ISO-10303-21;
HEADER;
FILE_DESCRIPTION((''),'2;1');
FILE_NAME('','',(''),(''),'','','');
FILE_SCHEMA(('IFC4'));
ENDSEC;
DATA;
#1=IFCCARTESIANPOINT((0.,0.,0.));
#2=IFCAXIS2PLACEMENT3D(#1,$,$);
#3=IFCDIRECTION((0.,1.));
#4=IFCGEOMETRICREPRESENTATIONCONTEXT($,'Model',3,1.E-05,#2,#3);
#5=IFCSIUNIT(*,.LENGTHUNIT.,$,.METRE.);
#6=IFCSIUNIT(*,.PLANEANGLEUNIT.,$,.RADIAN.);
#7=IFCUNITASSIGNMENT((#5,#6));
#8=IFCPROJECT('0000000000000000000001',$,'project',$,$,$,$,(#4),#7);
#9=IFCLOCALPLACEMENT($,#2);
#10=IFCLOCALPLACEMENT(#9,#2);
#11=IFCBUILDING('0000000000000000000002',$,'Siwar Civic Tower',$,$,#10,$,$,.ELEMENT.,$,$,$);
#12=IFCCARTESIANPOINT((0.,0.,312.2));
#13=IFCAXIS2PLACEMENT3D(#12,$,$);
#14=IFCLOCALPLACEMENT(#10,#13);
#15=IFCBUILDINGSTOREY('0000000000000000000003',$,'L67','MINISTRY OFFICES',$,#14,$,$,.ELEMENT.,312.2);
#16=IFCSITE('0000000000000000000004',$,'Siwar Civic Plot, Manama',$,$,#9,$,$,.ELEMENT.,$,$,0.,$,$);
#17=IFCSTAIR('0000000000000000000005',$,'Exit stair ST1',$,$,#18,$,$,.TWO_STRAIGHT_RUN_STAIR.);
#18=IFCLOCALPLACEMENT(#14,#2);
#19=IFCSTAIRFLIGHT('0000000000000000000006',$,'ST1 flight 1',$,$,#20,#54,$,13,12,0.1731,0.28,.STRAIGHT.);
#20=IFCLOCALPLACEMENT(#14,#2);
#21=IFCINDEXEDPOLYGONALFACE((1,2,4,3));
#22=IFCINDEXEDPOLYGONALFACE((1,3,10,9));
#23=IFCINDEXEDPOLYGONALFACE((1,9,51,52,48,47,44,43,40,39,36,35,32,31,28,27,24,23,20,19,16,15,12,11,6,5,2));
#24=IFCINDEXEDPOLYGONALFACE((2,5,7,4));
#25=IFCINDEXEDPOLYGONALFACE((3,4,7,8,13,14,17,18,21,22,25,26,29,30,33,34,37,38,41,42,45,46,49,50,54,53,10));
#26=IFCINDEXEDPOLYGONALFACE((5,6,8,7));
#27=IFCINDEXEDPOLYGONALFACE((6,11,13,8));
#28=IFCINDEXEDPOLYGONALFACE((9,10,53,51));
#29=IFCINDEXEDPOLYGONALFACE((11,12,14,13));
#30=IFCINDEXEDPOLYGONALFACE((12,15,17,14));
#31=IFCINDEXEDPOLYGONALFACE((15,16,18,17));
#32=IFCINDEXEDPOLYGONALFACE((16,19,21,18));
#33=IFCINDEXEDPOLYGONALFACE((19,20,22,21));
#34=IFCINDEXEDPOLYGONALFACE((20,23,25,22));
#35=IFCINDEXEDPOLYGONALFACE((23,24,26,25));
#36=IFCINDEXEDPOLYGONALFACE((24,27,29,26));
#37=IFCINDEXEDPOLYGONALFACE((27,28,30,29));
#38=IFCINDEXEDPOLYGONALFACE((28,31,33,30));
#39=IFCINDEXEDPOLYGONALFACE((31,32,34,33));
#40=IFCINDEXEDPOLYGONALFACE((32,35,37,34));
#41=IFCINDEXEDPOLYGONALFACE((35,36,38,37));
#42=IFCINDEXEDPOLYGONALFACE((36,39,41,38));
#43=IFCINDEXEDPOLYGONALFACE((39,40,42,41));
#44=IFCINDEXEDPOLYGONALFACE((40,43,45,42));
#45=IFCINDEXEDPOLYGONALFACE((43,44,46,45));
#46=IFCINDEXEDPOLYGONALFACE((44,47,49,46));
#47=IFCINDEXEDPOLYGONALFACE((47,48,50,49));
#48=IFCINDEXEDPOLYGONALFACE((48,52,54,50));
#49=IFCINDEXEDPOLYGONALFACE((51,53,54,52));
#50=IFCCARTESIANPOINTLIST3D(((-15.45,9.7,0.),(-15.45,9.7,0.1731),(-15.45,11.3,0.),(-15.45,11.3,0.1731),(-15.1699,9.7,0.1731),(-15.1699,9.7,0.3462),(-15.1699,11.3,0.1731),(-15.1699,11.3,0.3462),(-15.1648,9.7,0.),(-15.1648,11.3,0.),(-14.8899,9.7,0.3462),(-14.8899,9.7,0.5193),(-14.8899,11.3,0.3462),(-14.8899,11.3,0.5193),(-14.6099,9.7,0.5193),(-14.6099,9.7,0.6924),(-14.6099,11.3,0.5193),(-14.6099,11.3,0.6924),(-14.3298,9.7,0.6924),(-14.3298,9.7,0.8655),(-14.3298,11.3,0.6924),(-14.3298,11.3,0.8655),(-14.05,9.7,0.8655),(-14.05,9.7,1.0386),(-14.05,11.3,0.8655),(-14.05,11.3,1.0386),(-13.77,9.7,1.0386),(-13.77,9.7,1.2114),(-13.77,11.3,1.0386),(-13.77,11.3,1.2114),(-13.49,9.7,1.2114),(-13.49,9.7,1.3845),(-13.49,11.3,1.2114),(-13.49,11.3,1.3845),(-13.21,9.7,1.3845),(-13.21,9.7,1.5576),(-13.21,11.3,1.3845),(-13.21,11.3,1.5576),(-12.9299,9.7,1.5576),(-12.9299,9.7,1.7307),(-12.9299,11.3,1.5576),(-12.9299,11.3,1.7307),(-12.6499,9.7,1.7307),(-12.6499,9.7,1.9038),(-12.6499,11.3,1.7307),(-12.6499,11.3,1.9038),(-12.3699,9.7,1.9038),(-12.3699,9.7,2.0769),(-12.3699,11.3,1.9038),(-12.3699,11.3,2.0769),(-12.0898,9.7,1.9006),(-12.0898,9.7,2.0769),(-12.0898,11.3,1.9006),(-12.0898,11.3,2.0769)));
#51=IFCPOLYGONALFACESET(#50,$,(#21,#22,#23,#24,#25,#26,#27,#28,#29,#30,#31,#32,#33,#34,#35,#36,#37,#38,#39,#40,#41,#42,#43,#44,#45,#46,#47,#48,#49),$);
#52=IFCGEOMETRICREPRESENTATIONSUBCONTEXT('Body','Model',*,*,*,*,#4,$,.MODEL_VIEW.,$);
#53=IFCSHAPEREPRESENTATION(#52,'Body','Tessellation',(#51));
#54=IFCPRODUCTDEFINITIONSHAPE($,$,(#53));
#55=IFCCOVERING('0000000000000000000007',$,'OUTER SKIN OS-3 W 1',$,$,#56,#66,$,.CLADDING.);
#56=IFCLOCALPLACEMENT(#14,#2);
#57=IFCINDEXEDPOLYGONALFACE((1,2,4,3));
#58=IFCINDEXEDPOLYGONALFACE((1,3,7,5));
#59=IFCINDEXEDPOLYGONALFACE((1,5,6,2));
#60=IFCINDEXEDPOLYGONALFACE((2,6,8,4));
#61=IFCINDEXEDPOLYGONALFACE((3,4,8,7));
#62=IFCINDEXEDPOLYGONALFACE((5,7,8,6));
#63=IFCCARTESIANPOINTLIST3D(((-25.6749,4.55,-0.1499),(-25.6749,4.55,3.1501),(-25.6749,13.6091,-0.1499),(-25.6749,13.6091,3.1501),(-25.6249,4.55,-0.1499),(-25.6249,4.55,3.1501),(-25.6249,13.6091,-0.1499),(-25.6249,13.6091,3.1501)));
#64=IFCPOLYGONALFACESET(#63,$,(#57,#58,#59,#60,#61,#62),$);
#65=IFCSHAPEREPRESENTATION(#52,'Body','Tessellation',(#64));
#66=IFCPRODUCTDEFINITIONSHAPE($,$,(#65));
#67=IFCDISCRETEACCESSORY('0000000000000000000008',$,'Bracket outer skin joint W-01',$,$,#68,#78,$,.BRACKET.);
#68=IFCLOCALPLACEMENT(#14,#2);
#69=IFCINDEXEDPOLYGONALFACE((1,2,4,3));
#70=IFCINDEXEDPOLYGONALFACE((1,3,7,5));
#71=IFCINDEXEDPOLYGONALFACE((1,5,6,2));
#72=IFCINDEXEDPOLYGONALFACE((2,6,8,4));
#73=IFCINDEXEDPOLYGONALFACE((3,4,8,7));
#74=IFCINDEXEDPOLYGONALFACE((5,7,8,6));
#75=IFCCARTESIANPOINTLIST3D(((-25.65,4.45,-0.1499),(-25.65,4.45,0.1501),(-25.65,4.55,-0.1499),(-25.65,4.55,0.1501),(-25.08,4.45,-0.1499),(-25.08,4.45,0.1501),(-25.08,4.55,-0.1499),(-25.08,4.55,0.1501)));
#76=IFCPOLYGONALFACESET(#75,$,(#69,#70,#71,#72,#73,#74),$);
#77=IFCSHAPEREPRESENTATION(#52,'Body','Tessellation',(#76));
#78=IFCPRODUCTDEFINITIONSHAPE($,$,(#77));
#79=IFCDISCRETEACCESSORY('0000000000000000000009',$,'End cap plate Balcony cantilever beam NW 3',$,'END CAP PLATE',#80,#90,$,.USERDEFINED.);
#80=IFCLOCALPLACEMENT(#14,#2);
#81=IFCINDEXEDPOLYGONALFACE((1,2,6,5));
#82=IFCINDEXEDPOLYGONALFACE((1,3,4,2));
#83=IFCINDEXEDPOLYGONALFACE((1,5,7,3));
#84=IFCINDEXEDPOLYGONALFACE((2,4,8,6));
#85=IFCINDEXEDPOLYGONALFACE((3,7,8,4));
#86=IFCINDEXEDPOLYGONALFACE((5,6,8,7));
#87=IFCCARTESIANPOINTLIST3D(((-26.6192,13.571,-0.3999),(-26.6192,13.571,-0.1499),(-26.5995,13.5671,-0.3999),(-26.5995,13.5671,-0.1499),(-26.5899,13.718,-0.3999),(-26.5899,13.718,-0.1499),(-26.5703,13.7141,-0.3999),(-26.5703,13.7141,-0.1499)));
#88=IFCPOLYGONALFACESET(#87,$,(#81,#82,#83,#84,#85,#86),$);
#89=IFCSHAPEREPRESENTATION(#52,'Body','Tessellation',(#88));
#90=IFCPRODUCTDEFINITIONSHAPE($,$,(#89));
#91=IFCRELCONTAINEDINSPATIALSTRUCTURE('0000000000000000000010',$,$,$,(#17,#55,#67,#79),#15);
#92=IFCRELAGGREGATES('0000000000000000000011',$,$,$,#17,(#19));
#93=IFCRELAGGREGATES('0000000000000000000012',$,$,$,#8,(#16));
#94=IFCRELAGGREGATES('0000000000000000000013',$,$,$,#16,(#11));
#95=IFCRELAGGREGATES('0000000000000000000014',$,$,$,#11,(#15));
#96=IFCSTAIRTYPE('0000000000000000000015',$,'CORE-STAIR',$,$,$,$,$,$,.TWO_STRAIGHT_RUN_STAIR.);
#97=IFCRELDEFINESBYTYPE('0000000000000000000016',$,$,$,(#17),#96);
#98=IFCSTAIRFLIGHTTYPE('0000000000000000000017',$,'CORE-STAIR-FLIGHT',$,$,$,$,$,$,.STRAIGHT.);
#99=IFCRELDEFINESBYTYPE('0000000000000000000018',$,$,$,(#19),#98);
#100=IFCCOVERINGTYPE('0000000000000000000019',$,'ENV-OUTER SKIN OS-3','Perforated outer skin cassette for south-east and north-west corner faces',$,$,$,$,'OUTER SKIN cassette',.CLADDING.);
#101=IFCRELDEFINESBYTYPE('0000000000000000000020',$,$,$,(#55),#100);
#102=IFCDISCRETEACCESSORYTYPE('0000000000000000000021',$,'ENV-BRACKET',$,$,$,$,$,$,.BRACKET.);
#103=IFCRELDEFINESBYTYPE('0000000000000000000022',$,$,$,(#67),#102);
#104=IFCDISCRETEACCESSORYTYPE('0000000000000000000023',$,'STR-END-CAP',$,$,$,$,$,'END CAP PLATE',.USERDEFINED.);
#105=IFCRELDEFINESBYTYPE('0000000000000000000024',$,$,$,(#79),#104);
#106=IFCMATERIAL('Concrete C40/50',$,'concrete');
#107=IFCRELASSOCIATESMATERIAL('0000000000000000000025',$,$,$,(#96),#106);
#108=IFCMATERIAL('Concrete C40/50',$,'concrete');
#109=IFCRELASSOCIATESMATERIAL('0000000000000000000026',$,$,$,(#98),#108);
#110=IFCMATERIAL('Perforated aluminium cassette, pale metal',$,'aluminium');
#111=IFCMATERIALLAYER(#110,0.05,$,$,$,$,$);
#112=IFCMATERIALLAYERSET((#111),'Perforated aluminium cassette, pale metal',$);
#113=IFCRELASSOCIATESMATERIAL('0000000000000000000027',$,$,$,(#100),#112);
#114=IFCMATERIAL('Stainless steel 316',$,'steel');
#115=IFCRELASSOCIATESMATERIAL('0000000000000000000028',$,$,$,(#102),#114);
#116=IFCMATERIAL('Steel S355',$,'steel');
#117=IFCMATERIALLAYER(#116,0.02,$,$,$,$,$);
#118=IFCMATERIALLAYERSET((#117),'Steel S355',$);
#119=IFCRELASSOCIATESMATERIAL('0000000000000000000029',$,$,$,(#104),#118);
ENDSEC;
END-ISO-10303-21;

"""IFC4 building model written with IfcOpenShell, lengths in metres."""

from ifc_helpers import new_model, si_unit, direction, frame, origin, origin_2d, place, context, subcontext, project, spatial, polyline, rectangle, outline, extrude, material, layer, layer_set, type_object, element, aggregate, save


model = new_model("IFC4")

# Units and contexts
model_context = context("Model", 3, precision=1e-05, world=origin(), true_north=direction((0.0, 1.0)))
body_context = subcontext(model_context, "Body", "Model", "MODEL_VIEW")
ifc_project = project(units=[si_unit("LENGTHUNIT", "METRE"), si_unit("PLANEANGLEUNIT", "RADIAN")], contexts=[model_context])

# Site, building, storey
site_placement = place(None, origin())
site = spatial("IfcSite", under=ifc_project, at=site_placement, Name="Siwar Civic Plot, Manama", CompositionType="ELEMENT", RefElevation=0.0)
building_placement = place(site_placement, origin())
building = spatial("IfcBuilding", under=site, at=building_placement, Name="Siwar Civic Tower", CompositionType="ELEMENT")
storey_placement = place(building_placement, frame((0.0, 0.0, 312.2)))
storey = spatial("IfcBuildingStorey", under=building, at=storey_placement, Name="L67", Description="MINISTRY OFFICES", CompositionType="ELEMENT", Elevation=312.2)

# Stair, stair flight
ifc_material_1 = material(Name="Concrete C40/50", Category="concrete")
stair_type = type_object("IfcStairType", Name="CORE-STAIR", PredefinedType="TWO_STRAIGHT_RUN_STAIR", material=ifc_material_1)
stair_placement = place(storey_placement, origin())
stair = element("IfcStair", 1, at=stair_placement, inside=storey, type_object=stair_type, Name="Exit stair ST1", PredefinedType="TWO_STRAIGHT_RUN_STAIR")
ifc_material_2 = material(Name="Concrete C40/50", Category="concrete")
stair_flight_type = type_object("IfcStairFlightType", Name="CORE-STAIR-FLIGHT", PredefinedType="STRAIGHT", material=ifc_material_2)
stair_flight_placement = place(storey_placement, frame((-15.45, 10.5, 0.0), z_axis=(0.0, 0.0, 1.0), x_axis=(1.0, 0.0, 0.0)))
stair_flight = element("IfcStairFlight", 2, at=stair_flight_placement, type_object=stair_flight_type, Name="ST1 flight 1", NumberOfRisers=13, NumberOfTreads=12, PredefinedType="STRAIGHT", RiserHeight=0.1731, TreadLength=0.28, context=body_context, shape_type="SweptSolid", body=[
    extrude(outline(polyline([(0.0, 0.0), (0.0, 0.1731), (0.28, 0.1731), (0.28, 0.3462), (0.5601, 0.3462), (0.5601, 0.5193), (0.8401, 0.5193), (0.8401, 0.6924), (1.1201, 0.6924), (1.1201, 0.8655), (1.3999, 0.8655), (1.3999, 1.0386), (1.6799, 1.0386), (1.6799, 1.2114), (1.96, 1.2114), (1.96, 1.3845), (2.24, 1.3845), (2.24, 1.5576), (2.52, 1.5576), (2.52, 1.7307), (2.8, 1.7307), (2.8, 1.9038), (3.0801, 1.9038), (3.0801, 2.0769), (3.3601, 2.0769), (3.3601, 2.25), (3.3601, 1.9006), (0.2852, 0.0), (0.0, 0.0)])), frame((0.0, 0.8, 0.0), z_axis=(0.0, -1.0, 0.0), x_axis=(1.0, 0.0, 0.0)), (0.0, 0.0, 1.0), 1.6001),
])
aggregate(stair, [stair_flight])

# Covering
ifc_material_3 = material(Name="Perforated aluminium cassette, pale metal", Category="aluminium")
ifc_layer_1 = layer(ifc_material_3, 0.05)
ifc_layer_set_1 = layer_set([ifc_layer_1], Name="Perforated aluminium cassette, pale metal")
covering_type = type_object("IfcCoveringType", Name="ENV-OUTER SKIN OS-3", Description="Perforated outer skin cassette for south-east and north-west corner faces", ElementType="OUTER SKIN cassette", PredefinedType="CLADDING", material=ifc_layer_set_1)
covering_placement = place(storey_placement, frame((-25.6499, 9.0796, -0.1499), z_axis=(0.0, 0.0, 1.0), x_axis=(0.0, -1.0, 0.0)))
element("IfcCovering", 3, at=covering_placement, inside=storey, type_object=covering_type, Name="OUTER SKIN OS-3 W 1", PredefinedType="CLADDING", context=body_context, shape_type="SweptSolid", body=[
    extrude(rectangle(XDim=9.0591, YDim=0.05, at=origin_2d()), origin(), (0.0, 0.0, 1.0), 3.3),
])

# Discrete accessories
ifc_material_4 = material(Name="Stainless steel 316", Category="steel")
discrete_accessory_type_1 = type_object("IfcDiscreteAccessoryType", Name="ENV-BRACKET", PredefinedType="BRACKET", material=ifc_material_4)
discrete_accessory_1_placement = place(storey_placement, frame((-25.365, 4.5, -0.1499), z_axis=(0.0, 0.0, 1.0), x_axis=(-1.0, 0.0, 0.0)))
element("IfcDiscreteAccessory", 4, at=discrete_accessory_1_placement, inside=storey, type_object=discrete_accessory_type_1, Name="Bracket outer skin joint W-01", PredefinedType="BRACKET", context=body_context, shape_type="SweptSolid", body=[
    extrude(rectangle(XDim=0.5701, YDim=0.1001, at=origin_2d()), origin(), (0.0, 0.0, 1.0), 0.3),
])
ifc_material_5 = material(Name="Steel S355", Category="steel")
ifc_layer_2 = layer(ifc_material_5, 0.02)
ifc_layer_set_2 = layer_set([ifc_layer_2], Name="Steel S355")
discrete_accessory_type_2 = type_object("IfcDiscreteAccessoryType", Name="STR-END-CAP", ElementType="END CAP PLATE", PredefinedType="USERDEFINED", material=ifc_layer_set_2)
discrete_accessory_2_placement = place(storey_placement, frame((-26.5947, 13.6426, -0.3999), z_axis=(0.0, 0.0, 1.0), x_axis=(-0.980785, 0.19509, 0.0)))
element("IfcDiscreteAccessory", 5, at=discrete_accessory_2_placement, inside=storey, type_object=discrete_accessory_type_2, Name="End cap plate Balcony cantilever beam NW 3", ObjectType="END CAP PLATE", PredefinedType="USERDEFINED", context=body_context, shape_type="SweptSolid", body=[
    extrude(rectangle(XDim=0.02, YDim=0.1499, at=origin_2d()), origin(), (0.0, 0.0, 1.0), 0.25),
])

save(model, "model.ifc")
